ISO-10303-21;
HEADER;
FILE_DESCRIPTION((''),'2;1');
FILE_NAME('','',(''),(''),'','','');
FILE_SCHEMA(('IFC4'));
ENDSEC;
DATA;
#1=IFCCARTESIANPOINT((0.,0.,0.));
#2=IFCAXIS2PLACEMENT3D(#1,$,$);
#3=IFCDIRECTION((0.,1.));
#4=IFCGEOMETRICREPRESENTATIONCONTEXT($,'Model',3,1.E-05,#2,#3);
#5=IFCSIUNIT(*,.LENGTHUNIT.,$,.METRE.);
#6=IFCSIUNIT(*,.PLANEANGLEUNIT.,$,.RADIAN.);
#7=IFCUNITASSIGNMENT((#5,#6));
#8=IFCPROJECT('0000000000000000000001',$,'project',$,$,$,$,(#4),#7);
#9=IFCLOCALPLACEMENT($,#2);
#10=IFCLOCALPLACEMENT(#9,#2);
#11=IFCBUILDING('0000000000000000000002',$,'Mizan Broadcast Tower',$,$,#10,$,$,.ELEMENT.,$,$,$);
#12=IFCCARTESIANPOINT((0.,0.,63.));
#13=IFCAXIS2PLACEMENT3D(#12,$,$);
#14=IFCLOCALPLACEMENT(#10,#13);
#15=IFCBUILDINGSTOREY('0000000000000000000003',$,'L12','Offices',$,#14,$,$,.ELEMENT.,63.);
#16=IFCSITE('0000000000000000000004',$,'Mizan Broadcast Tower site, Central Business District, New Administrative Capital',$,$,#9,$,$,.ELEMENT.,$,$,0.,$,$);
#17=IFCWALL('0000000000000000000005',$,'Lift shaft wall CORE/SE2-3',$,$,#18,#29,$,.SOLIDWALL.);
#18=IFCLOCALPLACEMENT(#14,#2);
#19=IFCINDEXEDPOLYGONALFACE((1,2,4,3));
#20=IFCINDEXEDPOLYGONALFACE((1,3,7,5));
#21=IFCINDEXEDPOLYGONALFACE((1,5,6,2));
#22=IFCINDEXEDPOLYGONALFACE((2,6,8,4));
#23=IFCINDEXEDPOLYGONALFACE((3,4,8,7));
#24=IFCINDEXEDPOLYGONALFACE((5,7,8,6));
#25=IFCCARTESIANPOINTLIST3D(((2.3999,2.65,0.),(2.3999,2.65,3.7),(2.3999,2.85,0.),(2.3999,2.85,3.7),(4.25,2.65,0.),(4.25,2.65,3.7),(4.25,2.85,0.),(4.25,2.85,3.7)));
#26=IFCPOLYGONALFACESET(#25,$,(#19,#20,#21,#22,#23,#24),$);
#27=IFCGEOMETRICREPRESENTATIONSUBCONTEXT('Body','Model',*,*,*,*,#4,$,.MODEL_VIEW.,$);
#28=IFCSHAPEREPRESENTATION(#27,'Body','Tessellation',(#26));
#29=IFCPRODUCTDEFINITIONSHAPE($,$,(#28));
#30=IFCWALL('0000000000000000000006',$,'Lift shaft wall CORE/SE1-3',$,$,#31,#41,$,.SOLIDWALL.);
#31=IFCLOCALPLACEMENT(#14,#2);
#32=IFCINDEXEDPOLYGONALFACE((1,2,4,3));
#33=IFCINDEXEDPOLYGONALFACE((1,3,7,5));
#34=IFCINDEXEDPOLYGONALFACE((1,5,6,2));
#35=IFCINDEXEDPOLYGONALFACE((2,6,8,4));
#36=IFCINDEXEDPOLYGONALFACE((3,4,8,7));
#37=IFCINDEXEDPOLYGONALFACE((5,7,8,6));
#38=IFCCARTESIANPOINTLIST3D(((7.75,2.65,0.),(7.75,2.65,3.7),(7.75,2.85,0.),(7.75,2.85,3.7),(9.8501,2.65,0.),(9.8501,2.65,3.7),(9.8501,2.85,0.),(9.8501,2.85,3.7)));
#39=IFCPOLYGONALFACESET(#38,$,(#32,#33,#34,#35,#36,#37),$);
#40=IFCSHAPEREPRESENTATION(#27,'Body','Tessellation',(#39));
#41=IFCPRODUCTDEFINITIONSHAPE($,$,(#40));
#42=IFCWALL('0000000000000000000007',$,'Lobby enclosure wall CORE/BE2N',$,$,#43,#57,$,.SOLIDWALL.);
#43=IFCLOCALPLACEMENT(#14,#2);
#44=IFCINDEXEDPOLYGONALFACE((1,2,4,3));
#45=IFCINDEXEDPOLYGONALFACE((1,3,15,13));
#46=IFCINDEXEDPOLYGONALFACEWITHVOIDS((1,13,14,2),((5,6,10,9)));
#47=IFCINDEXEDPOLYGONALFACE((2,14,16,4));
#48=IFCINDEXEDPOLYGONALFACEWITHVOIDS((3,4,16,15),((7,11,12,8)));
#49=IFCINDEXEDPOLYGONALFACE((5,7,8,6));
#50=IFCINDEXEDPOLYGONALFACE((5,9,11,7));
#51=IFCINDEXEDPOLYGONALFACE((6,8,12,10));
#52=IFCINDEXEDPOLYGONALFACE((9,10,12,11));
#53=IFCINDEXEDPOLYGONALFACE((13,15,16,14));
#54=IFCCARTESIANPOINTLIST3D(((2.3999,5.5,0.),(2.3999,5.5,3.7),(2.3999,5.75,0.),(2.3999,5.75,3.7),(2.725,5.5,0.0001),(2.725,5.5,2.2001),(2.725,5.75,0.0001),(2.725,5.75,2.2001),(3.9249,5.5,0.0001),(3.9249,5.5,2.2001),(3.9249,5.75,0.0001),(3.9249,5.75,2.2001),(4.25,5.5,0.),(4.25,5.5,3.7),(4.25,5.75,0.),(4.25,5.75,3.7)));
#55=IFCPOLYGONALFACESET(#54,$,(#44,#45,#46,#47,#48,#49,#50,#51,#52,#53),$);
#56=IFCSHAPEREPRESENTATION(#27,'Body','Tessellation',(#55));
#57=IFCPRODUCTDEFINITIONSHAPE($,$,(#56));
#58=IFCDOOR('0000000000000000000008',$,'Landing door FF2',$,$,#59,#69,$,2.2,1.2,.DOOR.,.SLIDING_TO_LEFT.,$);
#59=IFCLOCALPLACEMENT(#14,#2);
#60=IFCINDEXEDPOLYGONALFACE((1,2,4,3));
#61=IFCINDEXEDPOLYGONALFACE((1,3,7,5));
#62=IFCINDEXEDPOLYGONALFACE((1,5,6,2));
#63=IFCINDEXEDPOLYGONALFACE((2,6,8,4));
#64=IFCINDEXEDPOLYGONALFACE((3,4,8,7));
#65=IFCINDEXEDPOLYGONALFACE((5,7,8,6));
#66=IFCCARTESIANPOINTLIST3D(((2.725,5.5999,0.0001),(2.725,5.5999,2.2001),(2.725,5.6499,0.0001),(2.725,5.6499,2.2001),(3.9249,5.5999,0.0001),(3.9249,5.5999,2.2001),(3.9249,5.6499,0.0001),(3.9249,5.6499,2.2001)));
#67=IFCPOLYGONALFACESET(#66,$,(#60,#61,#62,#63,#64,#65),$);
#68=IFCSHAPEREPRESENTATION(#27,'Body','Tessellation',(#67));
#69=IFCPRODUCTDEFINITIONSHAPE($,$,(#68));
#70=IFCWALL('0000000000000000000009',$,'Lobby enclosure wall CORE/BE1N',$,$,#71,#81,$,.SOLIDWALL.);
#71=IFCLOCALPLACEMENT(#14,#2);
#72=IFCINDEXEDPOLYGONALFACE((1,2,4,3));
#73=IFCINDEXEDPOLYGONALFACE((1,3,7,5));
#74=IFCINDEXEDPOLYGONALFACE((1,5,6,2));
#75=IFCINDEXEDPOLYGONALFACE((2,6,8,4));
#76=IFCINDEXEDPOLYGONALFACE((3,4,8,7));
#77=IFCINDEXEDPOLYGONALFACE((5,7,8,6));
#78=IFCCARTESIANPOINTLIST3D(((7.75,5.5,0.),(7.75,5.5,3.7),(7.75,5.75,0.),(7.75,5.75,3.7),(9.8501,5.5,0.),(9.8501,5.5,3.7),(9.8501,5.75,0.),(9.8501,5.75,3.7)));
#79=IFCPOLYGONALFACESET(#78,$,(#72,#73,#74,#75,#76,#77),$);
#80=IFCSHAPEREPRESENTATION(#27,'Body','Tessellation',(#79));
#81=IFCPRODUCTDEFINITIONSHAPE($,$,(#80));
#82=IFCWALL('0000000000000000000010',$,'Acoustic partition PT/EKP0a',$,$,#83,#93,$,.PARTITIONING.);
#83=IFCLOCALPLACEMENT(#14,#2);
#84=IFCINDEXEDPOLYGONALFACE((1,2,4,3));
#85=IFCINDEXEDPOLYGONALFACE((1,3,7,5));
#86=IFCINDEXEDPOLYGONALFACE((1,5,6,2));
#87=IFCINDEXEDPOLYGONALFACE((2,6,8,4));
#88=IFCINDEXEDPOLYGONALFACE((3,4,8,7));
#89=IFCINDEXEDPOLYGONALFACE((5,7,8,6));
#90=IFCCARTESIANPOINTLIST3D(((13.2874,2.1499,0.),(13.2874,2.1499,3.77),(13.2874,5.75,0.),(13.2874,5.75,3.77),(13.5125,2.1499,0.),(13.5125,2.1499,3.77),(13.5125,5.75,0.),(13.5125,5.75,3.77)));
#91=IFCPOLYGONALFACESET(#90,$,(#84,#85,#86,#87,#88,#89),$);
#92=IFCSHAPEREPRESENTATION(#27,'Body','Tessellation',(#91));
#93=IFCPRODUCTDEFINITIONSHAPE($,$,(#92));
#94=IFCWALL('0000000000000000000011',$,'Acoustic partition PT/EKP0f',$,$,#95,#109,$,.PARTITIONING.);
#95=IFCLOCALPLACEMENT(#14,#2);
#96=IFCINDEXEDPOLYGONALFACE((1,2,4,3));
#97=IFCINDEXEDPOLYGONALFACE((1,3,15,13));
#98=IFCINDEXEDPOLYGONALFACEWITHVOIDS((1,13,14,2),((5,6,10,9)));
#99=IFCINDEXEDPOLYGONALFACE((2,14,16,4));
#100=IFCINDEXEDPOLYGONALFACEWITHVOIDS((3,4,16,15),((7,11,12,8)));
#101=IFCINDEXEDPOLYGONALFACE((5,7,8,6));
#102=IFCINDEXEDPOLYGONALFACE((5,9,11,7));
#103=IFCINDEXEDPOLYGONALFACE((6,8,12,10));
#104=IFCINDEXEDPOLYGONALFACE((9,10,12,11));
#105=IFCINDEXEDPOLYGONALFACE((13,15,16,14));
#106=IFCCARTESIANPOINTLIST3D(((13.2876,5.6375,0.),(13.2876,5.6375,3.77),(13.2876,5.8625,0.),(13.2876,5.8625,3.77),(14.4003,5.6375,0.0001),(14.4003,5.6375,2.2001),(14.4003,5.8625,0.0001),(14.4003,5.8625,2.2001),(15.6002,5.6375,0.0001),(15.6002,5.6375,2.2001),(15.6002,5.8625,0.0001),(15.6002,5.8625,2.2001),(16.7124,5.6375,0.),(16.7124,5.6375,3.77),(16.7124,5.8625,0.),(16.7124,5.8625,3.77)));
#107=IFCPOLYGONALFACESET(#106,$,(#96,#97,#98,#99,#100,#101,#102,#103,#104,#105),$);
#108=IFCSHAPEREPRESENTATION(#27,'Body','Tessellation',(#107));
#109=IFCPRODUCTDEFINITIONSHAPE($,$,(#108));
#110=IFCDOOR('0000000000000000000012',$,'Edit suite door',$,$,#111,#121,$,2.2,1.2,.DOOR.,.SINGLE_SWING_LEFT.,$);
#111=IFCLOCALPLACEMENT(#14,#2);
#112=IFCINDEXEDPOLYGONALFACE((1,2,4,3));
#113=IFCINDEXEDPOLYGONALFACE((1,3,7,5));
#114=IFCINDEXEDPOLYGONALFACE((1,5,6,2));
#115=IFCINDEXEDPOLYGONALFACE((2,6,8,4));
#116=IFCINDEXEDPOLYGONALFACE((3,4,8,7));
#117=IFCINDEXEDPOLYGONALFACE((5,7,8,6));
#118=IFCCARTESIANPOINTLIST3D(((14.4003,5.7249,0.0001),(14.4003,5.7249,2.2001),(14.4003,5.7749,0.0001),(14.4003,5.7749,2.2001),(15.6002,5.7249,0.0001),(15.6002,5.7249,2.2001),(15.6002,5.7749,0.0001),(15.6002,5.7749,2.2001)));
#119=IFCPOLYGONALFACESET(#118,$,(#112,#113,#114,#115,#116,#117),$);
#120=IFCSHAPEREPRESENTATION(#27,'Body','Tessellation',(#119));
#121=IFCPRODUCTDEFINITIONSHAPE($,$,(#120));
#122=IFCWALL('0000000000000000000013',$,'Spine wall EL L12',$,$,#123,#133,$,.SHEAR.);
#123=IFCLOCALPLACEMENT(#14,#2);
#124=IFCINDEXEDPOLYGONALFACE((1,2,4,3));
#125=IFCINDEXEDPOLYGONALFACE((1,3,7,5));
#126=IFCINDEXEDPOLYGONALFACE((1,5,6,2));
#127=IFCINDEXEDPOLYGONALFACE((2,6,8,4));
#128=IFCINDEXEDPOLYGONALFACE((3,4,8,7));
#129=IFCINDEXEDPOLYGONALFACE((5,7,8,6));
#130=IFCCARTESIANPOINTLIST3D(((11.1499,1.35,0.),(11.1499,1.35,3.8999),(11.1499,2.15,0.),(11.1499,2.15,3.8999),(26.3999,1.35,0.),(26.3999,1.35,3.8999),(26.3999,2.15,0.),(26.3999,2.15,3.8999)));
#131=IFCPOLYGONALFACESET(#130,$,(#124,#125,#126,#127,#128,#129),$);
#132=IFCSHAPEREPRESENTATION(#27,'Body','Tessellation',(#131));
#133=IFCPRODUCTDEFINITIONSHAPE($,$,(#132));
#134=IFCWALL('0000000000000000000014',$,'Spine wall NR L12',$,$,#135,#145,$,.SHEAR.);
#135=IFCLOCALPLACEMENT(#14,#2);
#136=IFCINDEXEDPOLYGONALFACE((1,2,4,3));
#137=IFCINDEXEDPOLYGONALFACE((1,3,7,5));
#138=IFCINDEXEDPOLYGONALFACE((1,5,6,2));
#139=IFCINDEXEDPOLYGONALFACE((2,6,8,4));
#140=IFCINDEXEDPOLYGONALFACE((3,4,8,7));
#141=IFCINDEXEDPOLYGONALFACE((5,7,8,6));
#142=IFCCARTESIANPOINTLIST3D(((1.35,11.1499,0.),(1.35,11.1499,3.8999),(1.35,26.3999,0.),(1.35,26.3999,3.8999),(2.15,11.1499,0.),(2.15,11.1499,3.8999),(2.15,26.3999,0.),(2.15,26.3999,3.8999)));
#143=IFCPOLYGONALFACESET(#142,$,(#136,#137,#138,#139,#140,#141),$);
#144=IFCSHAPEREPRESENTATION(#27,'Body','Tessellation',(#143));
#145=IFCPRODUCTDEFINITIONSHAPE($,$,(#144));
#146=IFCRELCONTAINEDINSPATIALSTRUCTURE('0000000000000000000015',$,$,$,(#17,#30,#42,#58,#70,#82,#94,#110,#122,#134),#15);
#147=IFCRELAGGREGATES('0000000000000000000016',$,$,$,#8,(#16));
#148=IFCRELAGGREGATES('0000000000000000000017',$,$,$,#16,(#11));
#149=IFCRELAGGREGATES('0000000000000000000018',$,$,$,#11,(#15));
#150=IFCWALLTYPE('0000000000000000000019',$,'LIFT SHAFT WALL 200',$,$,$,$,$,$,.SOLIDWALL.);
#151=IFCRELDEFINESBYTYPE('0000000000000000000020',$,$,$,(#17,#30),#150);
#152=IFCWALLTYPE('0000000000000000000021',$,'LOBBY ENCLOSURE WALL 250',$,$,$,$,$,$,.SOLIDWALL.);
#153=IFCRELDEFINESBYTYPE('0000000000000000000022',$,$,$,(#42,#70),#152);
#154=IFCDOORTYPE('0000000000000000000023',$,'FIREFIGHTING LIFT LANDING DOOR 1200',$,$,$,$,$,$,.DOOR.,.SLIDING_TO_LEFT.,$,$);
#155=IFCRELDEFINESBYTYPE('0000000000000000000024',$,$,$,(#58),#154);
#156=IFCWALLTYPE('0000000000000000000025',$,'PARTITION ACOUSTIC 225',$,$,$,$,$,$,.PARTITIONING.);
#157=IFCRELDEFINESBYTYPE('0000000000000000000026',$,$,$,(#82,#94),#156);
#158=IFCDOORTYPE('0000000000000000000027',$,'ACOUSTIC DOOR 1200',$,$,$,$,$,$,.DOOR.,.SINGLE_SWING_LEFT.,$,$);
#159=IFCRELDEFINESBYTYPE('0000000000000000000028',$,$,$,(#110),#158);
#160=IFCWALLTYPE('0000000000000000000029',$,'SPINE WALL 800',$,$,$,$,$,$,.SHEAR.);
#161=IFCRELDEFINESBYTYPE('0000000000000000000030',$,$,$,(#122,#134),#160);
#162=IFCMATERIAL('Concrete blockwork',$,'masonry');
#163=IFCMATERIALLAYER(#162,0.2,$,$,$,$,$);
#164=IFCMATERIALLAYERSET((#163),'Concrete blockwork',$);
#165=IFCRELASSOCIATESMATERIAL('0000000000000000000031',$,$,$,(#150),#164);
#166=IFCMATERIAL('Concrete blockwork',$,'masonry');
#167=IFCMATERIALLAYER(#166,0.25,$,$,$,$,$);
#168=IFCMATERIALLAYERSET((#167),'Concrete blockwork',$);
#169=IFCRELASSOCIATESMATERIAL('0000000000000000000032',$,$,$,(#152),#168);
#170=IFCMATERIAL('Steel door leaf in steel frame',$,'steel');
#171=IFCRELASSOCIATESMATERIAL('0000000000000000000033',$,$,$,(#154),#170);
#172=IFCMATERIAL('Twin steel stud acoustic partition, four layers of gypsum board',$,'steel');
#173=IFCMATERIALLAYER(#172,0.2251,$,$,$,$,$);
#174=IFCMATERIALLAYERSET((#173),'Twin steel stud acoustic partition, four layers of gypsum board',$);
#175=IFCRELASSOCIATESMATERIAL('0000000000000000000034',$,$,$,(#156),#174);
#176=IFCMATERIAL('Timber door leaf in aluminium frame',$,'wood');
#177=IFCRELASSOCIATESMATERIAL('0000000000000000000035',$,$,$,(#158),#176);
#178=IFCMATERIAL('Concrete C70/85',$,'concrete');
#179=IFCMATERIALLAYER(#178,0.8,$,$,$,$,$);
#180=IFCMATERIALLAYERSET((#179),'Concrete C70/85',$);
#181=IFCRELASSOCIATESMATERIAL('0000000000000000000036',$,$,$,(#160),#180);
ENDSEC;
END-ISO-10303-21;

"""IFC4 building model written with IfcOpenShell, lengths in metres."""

from ifc_helpers import new_model, si_unit, direction, frame, frame_2d, origin, place, context, subcontext, project, spatial, rectangle, extrude, material, layer, layer_set, type_object, element, fill, save


model = new_model("IFC4")

# Units and contexts
model_context = context("Model", 3, precision=1e-05, world=origin(), true_north=direction((0.0, 1.0)))
body_context = subcontext(model_context, "Body", "Model", "MODEL_VIEW")
ifc_project = project(units=[si_unit("LENGTHUNIT", "METRE"), si_unit("PLANEANGLEUNIT", "RADIAN")], contexts=[model_context])

# Site, building, storey
site_placement = place(None, origin())
site = spatial("IfcSite", under=ifc_project, at=site_placement, Name="Mizan Broadcast Tower site, Central Business District, New Administrative Capital", CompositionType="ELEMENT", RefElevation=0.0)
building_placement = place(site_placement, origin())
building = spatial("IfcBuilding", under=site, at=building_placement, Name="Mizan Broadcast Tower", CompositionType="ELEMENT")
storey_placement = place(building_placement, frame((0.0, 0.0, 63.0)))
storey = spatial("IfcBuildingStorey", under=building, at=storey_placement, Name="L12", Description="Offices", CompositionType="ELEMENT", Elevation=63.0)

# Walls
ifc_material_1 = material(Name="Concrete blockwork", Category="masonry")
ifc_layer_1 = layer(ifc_material_1, 0.2)
ifc_layer_set_1 = layer_set([ifc_layer_1], Name="Concrete blockwork")
wall_type_1 = type_object("IfcWallType", Name="LIFT SHAFT WALL 200", PredefinedType="SOLIDWALL", material=ifc_layer_set_1)
wall_1_placement = place(storey_placement, frame((2.3999, 2.75, 0.0), z_axis=(0.0, 0.0, 1.0), x_axis=(1.0, 0.0, 0.0)))
element("IfcWall", 1, at=wall_1_placement, inside=storey, type_object=wall_type_1, Name="Lift shaft wall CORE/SE2-3", PredefinedType="SOLIDWALL", context=body_context, shape_type="SweptSolid", body=[
    extrude(rectangle(XDim=1.8501, YDim=0.2, at=frame_2d((0.925, 0.0))), origin(), (0.0, 0.0, 1.0), 3.7),
])
wall_2_placement = place(storey_placement, frame((7.75, 2.75, 0.0), z_axis=(0.0, 0.0, 1.0), x_axis=(1.0, 0.0, 0.0)))
element("IfcWall", 2, at=wall_2_placement, inside=storey, type_object=wall_type_1, Name="Lift shaft wall CORE/SE1-3", PredefinedType="SOLIDWALL", context=body_context, shape_type="SweptSolid", body=[
    extrude(rectangle(XDim=2.1001, YDim=0.2, at=frame_2d((1.05, 0.0))), origin(), (0.0, 0.0, 1.0), 3.7),
])

# Wall, opening, door
ifc_material_2 = material(Name="Concrete blockwork", Category="masonry")
ifc_layer_2 = layer(ifc_material_2, 0.25)
ifc_layer_set_2 = layer_set([ifc_layer_2], Name="Concrete blockwork")
wall_type_2 = type_object("IfcWallType", Name="LOBBY ENCLOSURE WALL 250", PredefinedType="SOLIDWALL", material=ifc_layer_set_2)
wall_3_placement = place(storey_placement, frame((2.3999, 5.625, 0.0), z_axis=(0.0, 0.0, 1.0), x_axis=(1.0, 0.0, 0.0)))
wall_3 = element("IfcWall", 3, at=wall_3_placement, inside=storey, type_object=wall_type_2, Name="Lobby enclosure wall CORE/BE2N", PredefinedType="SOLIDWALL", context=body_context, shape_type="SweptSolid", body=[
    extrude(rectangle(XDim=1.8501, YDim=0.25, at=frame_2d((0.925, 0.0))), origin(), (0.0, 0.0, 1.0), 3.7),
])
opening_1_placement = place(wall_3_placement, frame((0.325, 0.0, 0.0)))
opening_1 = element("IfcOpeningElement", 4, at=opening_1_placement, cuts=wall_3, PredefinedType="OPENING", context=body_context, shape_type="SweptSolid", body=[
    extrude(rectangle(XDim=1.2, YDim=2.2, at=frame_2d((0.6001, 1.1001))), frame((0.0, 0.135, 0.0), z_axis=(0.0, -1.0, 0.0), x_axis=(1.0, 0.0, 0.0)), (0.0, 0.0, 1.0), 0.27),
])
ifc_material_3 = material(Name="Steel door leaf in steel frame", Category="steel")
door_type_1 = type_object("IfcDoorType", Name="FIREFIGHTING LIFT LANDING DOOR 1200", OperationType="SLIDING_TO_LEFT", PredefinedType="DOOR", material=ifc_material_3)
door_1_placement = place(opening_1_placement, origin())
door_1 = element("IfcDoor", 5, at=door_1_placement, inside=storey, type_object=door_type_1, Name="Landing door FF2", OperationType="SLIDING_TO_LEFT", OverallHeight=2.2, OverallWidth=1.2, PredefinedType="DOOR", context=body_context, shape_type="SweptSolid", body=[
    extrude(rectangle(XDim=1.2, YDim=2.2, at=frame_2d((0.6001, 1.1001))), frame((0.0, 0.0249, 0.0), z_axis=(0.0, -1.0, 0.0), x_axis=(1.0, 0.0, 0.0)), (0.0, 0.0, 1.0), 0.05),
])
fill(opening_1, door_1)

# Walls
wall_4_placement = place(storey_placement, frame((7.75, 5.625, 0.0), z_axis=(0.0, 0.0, 1.0), x_axis=(1.0, 0.0, 0.0)))
element("IfcWall", 6, at=wall_4_placement, inside=storey, type_object=wall_type_2, Name="Lobby enclosure wall CORE/BE1N", PredefinedType="SOLIDWALL", context=body_context, shape_type="SweptSolid", body=[
    extrude(rectangle(XDim=2.1001, YDim=0.25, at=frame_2d((1.05, 0.0))), origin(), (0.0, 0.0, 1.0), 3.7),
])
ifc_material_4 = material(Name="Twin steel stud acoustic partition, four layers of gypsum board", Category="steel")
ifc_layer_3 = layer(ifc_material_4, 0.2251)
ifc_layer_set_3 = layer_set([ifc_layer_3], Name="Twin steel stud acoustic partition, four layers of gypsum board")
wall_type_3 = type_object("IfcWallType", Name="PARTITION ACOUSTIC 225", PredefinedType="PARTITIONING", material=ifc_layer_set_3)
wall_5_placement = place(storey_placement, frame((13.3999, 2.1499, 0.0), z_axis=(0.0, 0.0, 1.0), x_axis=(0.0, 1.0, 0.0)))
element("IfcWall", 7, at=wall_5_placement, inside=storey, type_object=wall_type_3, Name="Acoustic partition PT/EKP0a", PredefinedType="PARTITIONING", context=body_context, shape_type="SweptSolid", body=[
    extrude(rectangle(XDim=3.6001, YDim=0.2251, at=frame_2d((1.8, 0.0))), origin(), (0.0, 0.0, 1.0), 3.77),
])

# Wall, opening, door
wall_6_placement = place(storey_placement, frame((13.2876, 5.75, 0.0), z_axis=(0.0, 0.0, 1.0), x_axis=(1.0, 0.0, 0.0)))
wall_6 = element("IfcWall", 8, at=wall_6_placement, inside=storey, type_object=wall_type_3, Name="Acoustic partition PT/EKP0f", PredefinedType="PARTITIONING", context=body_context, shape_type="SweptSolid", body=[
    extrude(rectangle(XDim=3.4248, YDim=0.2251, at=frame_2d((1.7124, 0.0))), origin(), (0.0, 0.0, 1.0), 3.77),
])
opening_2_placement = place(wall_6_placement, frame((1.1125, 0.0, 0.0)))
opening_2 = element("IfcOpeningElement", 9, at=opening_2_placement, cuts=wall_6, PredefinedType="OPENING", context=body_context, shape_type="SweptSolid", body=[
    extrude(rectangle(XDim=1.2, YDim=2.2, at=frame_2d((0.6001, 1.1001))), frame((0.0, 0.1226, 0.0), z_axis=(0.0, -1.0, 0.0), x_axis=(1.0, 0.0, 0.0)), (0.0, 0.0, 1.0), 0.2451),
])
ifc_material_5 = material(Name="Timber door leaf in aluminium frame", Category="wood")
door_type_2 = type_object("IfcDoorType", Name="ACOUSTIC DOOR 1200", OperationType="SINGLE_SWING_LEFT", PredefinedType="DOOR", material=ifc_material_5)
door_2_placement = place(opening_2_placement, origin())
door_2 = element("IfcDoor", 10, at=door_2_placement, inside=storey, type_object=door_type_2, Name="Edit suite door", OperationType="SINGLE_SWING_LEFT", OverallHeight=2.2, OverallWidth=1.2, PredefinedType="DOOR", context=body_context, shape_type="SweptSolid", body=[
    extrude(rectangle(XDim=1.2, YDim=2.2, at=frame_2d((0.6001, 1.1001))), frame((0.0, 0.0249, 0.0), z_axis=(0.0, -1.0, 0.0), x_axis=(1.0, 0.0, 0.0)), (0.0, 0.0, 1.0), 0.05),
])
fill(opening_2, door_2)

# Walls
ifc_material_6 = material(Name="Concrete C70/85", Category="concrete")
ifc_layer_4 = layer(ifc_material_6, 0.8)
ifc_layer_set_4 = layer_set([ifc_layer_4], Name="Concrete C70/85")
wall_type_4 = type_object("IfcWallType", Name="SPINE WALL 800", PredefinedType="SHEAR", material=ifc_layer_set_4)
for number, where, z_axis, x_axis, name in (
    (11, (11.1499, 1.75, 0.0), (0.0, 0.0, 1.0), (1.0, 0.0, 0.0), "Spine wall EL L12"),
    (12, (1.75, 11.1499, 0.0), (0.0, 0.0, 1.0), (0.0, 1.0, 0.0), "Spine wall NR L12"),
):
    element("IfcWall", number, at=place(storey_placement, frame(where, z_axis=z_axis, x_axis=x_axis)), inside=storey, type_object=wall_type_4, Name=name, PredefinedType="SHEAR", context=body_context, shape_type="SweptSolid", body=[
        extrude(rectangle(XDim=15.25, YDim=0.8, at=frame_2d((7.625, 0.0))), origin(), (0.0, 0.0, 1.0), 3.8999),
    ])

save(model, "model.ifc")
